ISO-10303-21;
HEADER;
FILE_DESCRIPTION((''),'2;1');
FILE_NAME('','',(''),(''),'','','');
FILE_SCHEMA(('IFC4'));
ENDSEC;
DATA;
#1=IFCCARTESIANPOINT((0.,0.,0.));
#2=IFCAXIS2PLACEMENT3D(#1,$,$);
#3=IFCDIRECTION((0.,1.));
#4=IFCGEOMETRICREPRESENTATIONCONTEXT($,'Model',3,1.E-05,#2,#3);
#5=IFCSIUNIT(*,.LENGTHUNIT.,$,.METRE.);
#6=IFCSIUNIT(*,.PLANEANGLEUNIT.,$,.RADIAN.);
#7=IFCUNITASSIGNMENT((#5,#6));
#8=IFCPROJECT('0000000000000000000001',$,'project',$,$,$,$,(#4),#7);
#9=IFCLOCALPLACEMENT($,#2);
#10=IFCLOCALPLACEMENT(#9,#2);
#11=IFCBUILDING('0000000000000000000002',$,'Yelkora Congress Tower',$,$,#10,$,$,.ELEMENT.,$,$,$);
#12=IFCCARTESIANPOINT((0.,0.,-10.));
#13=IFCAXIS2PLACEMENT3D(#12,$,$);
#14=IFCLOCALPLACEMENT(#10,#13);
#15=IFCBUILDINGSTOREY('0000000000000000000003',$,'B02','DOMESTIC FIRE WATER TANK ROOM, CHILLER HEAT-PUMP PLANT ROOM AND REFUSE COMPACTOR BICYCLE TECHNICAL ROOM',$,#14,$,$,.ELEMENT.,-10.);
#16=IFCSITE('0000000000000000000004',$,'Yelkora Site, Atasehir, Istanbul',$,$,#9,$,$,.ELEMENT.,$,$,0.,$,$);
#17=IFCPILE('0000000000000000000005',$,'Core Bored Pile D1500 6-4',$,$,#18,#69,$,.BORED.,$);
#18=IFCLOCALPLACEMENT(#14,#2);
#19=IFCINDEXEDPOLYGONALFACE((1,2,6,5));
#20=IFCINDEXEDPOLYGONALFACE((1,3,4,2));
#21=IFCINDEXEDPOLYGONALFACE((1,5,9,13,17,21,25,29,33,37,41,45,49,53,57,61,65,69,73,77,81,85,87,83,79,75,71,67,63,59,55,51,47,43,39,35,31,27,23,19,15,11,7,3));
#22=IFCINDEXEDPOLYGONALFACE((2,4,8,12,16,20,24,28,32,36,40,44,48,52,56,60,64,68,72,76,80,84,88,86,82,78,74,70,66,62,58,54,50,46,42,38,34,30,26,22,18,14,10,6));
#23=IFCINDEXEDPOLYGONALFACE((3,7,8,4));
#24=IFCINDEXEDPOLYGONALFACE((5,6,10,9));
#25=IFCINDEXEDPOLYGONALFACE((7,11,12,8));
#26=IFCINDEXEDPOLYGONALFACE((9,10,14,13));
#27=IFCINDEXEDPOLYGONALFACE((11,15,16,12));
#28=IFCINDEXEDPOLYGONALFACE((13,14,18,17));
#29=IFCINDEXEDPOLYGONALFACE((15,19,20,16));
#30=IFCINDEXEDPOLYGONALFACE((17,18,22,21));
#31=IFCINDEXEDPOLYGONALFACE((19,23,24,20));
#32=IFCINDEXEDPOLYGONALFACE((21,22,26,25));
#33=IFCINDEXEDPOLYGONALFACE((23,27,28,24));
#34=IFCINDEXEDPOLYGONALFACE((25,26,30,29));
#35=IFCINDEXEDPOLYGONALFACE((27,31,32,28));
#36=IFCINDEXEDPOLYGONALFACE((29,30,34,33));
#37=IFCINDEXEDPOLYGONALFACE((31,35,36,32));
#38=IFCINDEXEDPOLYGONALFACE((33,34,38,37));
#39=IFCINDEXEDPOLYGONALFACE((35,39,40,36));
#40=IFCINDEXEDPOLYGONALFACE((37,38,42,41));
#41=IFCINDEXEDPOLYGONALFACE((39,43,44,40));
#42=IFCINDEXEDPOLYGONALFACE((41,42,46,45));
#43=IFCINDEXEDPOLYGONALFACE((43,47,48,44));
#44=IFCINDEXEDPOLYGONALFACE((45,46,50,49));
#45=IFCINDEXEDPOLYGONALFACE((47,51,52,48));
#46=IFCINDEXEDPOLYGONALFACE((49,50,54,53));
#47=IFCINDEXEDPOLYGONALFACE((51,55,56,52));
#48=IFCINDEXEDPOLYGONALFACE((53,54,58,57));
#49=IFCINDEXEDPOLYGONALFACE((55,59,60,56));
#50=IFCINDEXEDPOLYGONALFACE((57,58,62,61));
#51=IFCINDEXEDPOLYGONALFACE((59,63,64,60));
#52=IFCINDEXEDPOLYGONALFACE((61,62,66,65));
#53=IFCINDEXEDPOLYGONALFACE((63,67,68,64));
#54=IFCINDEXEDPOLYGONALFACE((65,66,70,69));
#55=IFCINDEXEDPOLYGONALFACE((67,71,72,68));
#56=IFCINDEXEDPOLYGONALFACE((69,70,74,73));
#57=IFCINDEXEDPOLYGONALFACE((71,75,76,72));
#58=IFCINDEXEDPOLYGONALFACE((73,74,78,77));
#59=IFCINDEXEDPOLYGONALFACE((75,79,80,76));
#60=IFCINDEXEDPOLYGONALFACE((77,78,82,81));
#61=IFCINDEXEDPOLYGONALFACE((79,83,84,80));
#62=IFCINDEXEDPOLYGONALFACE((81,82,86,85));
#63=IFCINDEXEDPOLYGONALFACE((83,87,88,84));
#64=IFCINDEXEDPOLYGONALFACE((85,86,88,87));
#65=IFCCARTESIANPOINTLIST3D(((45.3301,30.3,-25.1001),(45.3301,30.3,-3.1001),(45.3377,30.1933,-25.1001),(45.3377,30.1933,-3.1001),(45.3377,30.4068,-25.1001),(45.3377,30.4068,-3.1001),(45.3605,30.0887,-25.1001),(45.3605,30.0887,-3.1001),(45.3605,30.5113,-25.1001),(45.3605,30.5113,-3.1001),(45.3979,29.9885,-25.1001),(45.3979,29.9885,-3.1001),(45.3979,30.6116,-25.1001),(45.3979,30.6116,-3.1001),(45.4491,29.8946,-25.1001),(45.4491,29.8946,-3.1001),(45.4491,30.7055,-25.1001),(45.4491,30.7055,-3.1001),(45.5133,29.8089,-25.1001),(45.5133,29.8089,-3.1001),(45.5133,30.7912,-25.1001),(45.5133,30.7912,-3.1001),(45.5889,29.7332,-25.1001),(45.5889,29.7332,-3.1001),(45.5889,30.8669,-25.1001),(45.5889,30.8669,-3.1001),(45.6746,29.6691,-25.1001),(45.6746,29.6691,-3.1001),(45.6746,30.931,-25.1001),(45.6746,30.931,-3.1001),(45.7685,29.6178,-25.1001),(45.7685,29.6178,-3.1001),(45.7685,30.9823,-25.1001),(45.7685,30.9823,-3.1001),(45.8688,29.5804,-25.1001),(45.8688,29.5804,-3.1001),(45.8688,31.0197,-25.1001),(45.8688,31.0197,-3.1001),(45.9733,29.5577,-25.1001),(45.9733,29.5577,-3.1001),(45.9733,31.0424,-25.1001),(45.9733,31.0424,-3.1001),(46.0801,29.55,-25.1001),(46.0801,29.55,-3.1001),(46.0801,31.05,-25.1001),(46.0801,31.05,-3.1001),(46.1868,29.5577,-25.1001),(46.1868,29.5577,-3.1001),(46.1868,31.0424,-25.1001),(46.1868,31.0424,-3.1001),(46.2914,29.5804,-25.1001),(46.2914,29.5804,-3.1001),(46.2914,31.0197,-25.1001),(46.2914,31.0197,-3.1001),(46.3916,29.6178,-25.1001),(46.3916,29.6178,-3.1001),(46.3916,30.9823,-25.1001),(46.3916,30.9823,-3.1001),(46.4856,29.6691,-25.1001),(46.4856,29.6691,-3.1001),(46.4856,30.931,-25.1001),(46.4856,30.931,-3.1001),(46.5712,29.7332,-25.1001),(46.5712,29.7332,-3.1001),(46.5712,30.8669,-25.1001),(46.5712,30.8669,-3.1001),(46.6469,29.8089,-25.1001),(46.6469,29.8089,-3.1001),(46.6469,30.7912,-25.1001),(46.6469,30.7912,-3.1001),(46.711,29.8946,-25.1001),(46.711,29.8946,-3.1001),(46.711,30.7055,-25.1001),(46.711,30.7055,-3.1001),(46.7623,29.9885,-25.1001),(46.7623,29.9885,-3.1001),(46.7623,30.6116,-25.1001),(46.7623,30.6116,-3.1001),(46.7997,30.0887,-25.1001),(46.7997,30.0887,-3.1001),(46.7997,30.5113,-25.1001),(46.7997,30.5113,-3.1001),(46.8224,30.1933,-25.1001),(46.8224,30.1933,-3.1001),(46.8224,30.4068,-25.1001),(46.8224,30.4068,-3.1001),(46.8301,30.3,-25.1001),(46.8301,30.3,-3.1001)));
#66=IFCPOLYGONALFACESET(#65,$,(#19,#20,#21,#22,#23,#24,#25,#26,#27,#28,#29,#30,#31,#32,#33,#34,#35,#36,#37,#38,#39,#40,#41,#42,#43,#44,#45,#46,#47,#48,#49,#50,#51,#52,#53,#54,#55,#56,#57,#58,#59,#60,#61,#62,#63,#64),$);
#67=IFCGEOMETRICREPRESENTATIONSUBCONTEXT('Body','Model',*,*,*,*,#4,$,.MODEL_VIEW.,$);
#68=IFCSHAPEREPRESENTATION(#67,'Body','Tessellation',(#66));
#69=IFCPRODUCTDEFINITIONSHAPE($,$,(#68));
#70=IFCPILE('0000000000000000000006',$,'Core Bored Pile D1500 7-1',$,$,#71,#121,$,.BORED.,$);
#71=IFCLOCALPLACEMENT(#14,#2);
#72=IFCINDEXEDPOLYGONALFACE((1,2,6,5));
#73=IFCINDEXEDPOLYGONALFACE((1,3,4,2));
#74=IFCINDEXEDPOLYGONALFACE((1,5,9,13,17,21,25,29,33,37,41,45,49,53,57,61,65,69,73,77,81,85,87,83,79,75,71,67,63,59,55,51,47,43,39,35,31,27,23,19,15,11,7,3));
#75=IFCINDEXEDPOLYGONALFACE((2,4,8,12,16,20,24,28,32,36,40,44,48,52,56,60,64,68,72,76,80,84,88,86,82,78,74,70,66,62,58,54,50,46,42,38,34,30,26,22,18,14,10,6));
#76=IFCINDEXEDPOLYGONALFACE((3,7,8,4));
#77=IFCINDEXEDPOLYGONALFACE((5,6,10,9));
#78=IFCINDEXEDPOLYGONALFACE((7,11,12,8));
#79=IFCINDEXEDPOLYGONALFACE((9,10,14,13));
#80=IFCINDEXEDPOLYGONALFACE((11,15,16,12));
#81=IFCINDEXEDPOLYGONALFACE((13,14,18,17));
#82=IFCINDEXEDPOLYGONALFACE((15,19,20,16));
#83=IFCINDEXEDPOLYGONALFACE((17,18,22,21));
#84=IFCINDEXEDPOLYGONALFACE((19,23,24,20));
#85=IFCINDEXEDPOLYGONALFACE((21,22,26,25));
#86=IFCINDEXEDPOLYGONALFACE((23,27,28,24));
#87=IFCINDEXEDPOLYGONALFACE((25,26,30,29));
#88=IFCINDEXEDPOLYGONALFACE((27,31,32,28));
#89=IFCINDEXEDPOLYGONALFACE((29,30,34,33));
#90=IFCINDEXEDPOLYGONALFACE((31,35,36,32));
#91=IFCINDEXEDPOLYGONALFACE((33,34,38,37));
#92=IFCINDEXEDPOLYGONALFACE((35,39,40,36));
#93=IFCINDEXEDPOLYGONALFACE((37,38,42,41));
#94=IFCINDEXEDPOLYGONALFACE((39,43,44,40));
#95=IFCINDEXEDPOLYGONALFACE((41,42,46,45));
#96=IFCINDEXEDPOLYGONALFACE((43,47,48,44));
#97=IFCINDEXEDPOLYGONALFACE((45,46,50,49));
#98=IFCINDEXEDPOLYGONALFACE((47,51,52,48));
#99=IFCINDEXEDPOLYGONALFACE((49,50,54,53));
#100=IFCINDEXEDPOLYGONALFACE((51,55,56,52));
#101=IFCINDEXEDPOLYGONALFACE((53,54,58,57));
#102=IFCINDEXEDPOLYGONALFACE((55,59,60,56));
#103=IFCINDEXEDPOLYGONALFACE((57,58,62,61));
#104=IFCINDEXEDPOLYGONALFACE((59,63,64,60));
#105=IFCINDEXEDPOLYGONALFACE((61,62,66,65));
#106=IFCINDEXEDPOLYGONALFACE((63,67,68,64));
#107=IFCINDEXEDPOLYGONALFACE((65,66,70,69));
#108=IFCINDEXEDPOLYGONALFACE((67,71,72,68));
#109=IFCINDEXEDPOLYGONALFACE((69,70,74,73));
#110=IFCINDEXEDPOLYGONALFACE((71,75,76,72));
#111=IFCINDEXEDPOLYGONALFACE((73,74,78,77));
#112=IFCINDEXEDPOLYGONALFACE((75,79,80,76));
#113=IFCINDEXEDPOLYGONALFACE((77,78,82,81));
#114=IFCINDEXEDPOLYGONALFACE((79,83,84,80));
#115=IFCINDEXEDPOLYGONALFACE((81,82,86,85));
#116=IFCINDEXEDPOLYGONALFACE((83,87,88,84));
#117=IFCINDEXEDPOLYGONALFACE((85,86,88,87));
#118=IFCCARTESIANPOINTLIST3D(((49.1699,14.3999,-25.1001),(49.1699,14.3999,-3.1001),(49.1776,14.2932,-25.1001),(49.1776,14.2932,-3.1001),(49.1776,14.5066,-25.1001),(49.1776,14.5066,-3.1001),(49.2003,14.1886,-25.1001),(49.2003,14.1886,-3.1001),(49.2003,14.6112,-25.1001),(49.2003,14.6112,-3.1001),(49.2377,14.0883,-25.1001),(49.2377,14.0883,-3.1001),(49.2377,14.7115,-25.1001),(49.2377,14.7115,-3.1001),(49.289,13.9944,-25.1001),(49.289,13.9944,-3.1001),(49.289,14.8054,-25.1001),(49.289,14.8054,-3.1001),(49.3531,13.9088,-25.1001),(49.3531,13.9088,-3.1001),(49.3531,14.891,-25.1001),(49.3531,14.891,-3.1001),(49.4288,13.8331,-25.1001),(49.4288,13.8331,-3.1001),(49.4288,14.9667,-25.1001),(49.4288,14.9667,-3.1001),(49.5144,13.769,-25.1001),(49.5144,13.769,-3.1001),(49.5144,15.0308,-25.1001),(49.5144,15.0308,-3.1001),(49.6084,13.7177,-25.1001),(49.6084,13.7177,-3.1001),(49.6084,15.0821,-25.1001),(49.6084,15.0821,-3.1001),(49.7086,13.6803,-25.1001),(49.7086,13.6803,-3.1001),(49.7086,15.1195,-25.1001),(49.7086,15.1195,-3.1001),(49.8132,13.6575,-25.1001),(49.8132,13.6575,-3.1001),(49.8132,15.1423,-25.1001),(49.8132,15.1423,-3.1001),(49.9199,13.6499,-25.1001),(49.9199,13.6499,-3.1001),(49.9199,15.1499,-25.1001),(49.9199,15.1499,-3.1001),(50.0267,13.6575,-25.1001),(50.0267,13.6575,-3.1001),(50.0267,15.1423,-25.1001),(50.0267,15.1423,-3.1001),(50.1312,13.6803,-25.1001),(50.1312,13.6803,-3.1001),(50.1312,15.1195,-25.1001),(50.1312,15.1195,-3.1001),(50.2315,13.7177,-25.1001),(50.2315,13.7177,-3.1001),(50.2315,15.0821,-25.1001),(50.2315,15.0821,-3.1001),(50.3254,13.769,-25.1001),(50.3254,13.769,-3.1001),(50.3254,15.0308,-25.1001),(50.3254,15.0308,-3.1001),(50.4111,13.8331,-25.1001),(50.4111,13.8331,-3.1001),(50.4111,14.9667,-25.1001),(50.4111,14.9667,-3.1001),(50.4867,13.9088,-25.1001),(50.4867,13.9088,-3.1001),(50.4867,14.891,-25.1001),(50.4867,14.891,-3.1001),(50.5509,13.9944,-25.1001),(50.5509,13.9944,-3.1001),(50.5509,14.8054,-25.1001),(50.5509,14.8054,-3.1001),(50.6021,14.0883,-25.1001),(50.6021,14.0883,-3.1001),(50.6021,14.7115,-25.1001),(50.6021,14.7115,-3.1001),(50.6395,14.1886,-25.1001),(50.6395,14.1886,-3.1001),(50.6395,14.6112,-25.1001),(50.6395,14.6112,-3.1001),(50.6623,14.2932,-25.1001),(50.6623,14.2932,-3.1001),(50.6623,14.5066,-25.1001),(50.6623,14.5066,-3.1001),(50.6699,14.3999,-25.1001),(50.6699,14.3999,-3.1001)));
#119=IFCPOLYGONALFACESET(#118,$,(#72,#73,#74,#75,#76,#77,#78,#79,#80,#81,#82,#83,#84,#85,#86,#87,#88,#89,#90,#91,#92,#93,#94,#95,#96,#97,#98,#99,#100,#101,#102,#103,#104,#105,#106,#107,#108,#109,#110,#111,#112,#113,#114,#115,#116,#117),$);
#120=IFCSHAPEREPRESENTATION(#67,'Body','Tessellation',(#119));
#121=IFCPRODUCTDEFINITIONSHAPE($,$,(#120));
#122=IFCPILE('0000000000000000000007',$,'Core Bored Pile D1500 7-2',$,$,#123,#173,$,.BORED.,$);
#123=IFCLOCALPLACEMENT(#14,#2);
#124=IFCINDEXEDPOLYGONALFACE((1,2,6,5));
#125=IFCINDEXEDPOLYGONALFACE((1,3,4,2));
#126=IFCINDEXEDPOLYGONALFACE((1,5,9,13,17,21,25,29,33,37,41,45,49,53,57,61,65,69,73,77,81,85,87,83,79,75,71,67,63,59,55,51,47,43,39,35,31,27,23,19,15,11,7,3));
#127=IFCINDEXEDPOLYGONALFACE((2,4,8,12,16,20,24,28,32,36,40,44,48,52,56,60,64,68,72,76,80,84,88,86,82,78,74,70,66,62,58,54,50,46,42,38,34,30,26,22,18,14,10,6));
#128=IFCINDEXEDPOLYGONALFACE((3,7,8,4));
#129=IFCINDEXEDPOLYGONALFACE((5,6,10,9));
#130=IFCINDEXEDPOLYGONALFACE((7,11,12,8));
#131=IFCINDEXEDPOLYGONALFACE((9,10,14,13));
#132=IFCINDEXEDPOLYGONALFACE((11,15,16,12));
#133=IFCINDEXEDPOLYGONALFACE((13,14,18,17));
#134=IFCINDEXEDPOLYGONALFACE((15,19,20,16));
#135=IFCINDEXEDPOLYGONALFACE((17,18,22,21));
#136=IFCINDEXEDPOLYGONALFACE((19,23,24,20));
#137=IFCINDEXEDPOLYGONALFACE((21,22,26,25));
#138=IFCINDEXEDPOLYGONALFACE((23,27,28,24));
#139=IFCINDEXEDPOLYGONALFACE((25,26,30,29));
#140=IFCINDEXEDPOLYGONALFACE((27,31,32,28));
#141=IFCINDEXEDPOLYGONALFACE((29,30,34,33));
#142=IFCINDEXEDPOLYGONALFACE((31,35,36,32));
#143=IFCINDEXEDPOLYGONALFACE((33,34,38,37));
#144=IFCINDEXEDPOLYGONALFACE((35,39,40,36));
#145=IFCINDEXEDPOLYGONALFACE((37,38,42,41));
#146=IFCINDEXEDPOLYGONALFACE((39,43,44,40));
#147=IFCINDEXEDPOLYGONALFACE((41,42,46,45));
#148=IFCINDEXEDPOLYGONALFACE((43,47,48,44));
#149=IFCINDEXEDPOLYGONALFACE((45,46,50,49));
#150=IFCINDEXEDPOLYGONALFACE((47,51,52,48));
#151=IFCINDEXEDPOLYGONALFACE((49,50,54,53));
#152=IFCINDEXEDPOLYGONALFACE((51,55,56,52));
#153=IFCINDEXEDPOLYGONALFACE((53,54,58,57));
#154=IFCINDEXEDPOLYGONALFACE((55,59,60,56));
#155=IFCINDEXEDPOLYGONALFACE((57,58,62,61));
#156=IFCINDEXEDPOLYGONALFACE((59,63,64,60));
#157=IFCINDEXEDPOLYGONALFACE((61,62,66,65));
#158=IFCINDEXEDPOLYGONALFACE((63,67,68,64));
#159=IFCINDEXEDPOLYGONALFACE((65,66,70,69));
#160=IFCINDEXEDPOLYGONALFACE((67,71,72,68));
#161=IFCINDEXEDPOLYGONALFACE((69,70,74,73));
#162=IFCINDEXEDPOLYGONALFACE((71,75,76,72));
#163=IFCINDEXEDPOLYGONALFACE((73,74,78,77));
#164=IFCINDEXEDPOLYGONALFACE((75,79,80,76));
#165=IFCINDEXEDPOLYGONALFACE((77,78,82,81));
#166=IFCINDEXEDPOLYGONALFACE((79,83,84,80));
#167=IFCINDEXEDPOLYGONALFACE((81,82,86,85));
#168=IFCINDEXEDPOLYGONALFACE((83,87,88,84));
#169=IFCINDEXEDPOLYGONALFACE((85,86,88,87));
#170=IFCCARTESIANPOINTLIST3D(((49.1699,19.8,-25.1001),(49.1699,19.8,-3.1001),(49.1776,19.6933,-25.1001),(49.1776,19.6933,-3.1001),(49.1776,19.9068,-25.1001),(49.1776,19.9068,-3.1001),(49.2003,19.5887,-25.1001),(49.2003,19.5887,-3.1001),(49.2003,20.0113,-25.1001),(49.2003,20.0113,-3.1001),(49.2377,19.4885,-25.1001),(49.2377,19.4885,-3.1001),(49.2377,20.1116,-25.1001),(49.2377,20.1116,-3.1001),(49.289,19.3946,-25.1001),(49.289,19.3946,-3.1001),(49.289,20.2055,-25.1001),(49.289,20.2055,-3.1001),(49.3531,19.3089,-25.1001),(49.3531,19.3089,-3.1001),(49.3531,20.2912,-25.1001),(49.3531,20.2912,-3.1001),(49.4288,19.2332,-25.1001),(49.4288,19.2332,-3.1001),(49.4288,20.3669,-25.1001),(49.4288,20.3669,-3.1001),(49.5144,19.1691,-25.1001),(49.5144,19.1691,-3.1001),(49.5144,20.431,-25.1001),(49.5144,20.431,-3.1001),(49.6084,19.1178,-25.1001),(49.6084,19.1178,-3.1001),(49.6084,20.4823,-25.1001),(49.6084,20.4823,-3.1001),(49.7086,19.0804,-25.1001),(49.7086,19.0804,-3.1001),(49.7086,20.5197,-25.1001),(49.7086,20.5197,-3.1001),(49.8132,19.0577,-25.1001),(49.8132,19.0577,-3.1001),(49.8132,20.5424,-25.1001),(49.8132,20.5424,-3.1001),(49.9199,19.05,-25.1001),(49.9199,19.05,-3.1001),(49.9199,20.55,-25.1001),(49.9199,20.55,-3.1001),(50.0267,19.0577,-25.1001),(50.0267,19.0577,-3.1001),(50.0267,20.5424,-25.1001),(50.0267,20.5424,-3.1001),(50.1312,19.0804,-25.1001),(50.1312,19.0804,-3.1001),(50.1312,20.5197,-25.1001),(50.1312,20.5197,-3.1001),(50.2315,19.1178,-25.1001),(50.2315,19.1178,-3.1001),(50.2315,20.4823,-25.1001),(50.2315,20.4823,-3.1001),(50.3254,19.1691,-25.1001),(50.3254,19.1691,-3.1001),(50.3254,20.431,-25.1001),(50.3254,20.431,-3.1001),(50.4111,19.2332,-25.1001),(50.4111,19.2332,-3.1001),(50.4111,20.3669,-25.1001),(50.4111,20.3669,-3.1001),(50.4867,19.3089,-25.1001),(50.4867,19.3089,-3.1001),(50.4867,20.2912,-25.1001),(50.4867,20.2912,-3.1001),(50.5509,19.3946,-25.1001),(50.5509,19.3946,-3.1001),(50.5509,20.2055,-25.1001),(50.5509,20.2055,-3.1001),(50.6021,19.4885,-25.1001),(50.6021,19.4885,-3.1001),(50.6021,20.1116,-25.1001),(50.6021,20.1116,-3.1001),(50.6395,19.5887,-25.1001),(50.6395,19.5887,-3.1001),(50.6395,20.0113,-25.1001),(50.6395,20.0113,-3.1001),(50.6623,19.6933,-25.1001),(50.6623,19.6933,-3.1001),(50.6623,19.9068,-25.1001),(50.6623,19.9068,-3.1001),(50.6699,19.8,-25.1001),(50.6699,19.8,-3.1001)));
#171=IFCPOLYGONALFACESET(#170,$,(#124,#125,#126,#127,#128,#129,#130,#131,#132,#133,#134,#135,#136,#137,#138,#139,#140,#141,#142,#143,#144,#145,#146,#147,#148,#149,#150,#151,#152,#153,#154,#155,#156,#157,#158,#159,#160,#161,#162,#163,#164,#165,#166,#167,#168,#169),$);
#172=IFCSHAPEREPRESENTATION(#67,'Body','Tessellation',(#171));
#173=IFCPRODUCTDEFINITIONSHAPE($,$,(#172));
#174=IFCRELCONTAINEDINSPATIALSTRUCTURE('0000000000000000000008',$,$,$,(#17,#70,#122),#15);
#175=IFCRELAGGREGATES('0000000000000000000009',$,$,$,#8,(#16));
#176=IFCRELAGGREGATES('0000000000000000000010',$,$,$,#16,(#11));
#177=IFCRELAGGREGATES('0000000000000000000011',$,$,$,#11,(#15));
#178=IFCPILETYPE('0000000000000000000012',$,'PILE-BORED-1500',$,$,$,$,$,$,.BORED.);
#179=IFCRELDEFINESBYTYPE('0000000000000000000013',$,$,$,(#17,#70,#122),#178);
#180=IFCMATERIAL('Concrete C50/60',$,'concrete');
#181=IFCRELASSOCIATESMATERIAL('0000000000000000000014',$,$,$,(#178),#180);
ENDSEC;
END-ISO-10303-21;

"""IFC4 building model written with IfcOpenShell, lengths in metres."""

from ifc_helpers import new_model, si_unit, direction, frame, origin, origin_2d, place, context, subcontext, project, spatial, circle, extrude, material, material_profile, profile_set, type_object, element, save


model = new_model("IFC4")

# Units and contexts
model_context = context("Model", 3, precision=1e-05, world=origin(), true_north=direction((0.0, 1.0)))
body_context = subcontext(model_context, "Body", "Model", "MODEL_VIEW")
ifc_project = project(units=[si_unit("LENGTHUNIT", "METRE"), si_unit("PLANEANGLEUNIT", "RADIAN")], contexts=[model_context])

# Site, building, storey
site_placement = place(None, origin())
site = spatial("IfcSite", under=ifc_project, at=site_placement, Name="Yelkora Site, Atasehir, Istanbul", CompositionType="ELEMENT", RefElevation=0.0)
building_placement = place(site_placement, origin())
building = spatial("IfcBuilding", under=site, at=building_placement, Name="Yelkora Congress Tower", CompositionType="ELEMENT")
storey_placement = place(building_placement, frame((0.0, 0.0, -10.0)))
storey = spatial("IfcBuildingStorey", under=building, at=storey_placement, Name="B02", Description="DOMESTIC FIRE WATER TANK ROOM, CHILLER HEAT-PUMP PLANT ROOM AND REFUSE COMPACTOR BICYCLE TECHNICAL ROOM", CompositionType="ELEMENT", Elevation=-10.0)

# Piles
ifc_material_1 = material(Name="Concrete C50/60", Category="concrete")
ifc_material_profile_1 = material_profile(ifc_material_1, circle(Radius=0.75, at=origin_2d()), Name="PILE D1500")
ifc_profile_set_1 = profile_set([ifc_material_profile_1], Name="Concrete C50/60")
pile_type = type_object("IfcPileType", Name="PILE-BORED-1500", PredefinedType="BORED", material=ifc_profile_set_1)
for number, where, z_axis, x_axis, name in (
    (1, (46.0801, 30.3, -3.1001), (0.0, 0.0, -1.0), (1.0, 0.0, 0.0), "Core Bored Pile D1500 6-4"),
    (2, (49.9199, 14.3999, -3.1001), (0.0, 0.0, -1.0), (1.0, 0.0, 0.0), "Core Bored Pile D1500 7-1"),
    (3, (49.9199, 19.8, -3.1001), (0.0, 0.0, -1.0), (1.0, 0.0, 0.0), "Core Bored Pile D1500 7-2"),
):
    element("IfcPile", number, at=place(storey_placement, frame(where, z_axis=z_axis, x_axis=x_axis)), inside=storey, type_object=pile_type, Name=name, PredefinedType="BORED", context=body_context, shape_type="SweptSolid", body=[
        extrude(circle(Radius=0.75, at=origin_2d()), origin(), (0.0, 0.0, 1.0), 22.0),
    ])

save(model, "model.ifc")
